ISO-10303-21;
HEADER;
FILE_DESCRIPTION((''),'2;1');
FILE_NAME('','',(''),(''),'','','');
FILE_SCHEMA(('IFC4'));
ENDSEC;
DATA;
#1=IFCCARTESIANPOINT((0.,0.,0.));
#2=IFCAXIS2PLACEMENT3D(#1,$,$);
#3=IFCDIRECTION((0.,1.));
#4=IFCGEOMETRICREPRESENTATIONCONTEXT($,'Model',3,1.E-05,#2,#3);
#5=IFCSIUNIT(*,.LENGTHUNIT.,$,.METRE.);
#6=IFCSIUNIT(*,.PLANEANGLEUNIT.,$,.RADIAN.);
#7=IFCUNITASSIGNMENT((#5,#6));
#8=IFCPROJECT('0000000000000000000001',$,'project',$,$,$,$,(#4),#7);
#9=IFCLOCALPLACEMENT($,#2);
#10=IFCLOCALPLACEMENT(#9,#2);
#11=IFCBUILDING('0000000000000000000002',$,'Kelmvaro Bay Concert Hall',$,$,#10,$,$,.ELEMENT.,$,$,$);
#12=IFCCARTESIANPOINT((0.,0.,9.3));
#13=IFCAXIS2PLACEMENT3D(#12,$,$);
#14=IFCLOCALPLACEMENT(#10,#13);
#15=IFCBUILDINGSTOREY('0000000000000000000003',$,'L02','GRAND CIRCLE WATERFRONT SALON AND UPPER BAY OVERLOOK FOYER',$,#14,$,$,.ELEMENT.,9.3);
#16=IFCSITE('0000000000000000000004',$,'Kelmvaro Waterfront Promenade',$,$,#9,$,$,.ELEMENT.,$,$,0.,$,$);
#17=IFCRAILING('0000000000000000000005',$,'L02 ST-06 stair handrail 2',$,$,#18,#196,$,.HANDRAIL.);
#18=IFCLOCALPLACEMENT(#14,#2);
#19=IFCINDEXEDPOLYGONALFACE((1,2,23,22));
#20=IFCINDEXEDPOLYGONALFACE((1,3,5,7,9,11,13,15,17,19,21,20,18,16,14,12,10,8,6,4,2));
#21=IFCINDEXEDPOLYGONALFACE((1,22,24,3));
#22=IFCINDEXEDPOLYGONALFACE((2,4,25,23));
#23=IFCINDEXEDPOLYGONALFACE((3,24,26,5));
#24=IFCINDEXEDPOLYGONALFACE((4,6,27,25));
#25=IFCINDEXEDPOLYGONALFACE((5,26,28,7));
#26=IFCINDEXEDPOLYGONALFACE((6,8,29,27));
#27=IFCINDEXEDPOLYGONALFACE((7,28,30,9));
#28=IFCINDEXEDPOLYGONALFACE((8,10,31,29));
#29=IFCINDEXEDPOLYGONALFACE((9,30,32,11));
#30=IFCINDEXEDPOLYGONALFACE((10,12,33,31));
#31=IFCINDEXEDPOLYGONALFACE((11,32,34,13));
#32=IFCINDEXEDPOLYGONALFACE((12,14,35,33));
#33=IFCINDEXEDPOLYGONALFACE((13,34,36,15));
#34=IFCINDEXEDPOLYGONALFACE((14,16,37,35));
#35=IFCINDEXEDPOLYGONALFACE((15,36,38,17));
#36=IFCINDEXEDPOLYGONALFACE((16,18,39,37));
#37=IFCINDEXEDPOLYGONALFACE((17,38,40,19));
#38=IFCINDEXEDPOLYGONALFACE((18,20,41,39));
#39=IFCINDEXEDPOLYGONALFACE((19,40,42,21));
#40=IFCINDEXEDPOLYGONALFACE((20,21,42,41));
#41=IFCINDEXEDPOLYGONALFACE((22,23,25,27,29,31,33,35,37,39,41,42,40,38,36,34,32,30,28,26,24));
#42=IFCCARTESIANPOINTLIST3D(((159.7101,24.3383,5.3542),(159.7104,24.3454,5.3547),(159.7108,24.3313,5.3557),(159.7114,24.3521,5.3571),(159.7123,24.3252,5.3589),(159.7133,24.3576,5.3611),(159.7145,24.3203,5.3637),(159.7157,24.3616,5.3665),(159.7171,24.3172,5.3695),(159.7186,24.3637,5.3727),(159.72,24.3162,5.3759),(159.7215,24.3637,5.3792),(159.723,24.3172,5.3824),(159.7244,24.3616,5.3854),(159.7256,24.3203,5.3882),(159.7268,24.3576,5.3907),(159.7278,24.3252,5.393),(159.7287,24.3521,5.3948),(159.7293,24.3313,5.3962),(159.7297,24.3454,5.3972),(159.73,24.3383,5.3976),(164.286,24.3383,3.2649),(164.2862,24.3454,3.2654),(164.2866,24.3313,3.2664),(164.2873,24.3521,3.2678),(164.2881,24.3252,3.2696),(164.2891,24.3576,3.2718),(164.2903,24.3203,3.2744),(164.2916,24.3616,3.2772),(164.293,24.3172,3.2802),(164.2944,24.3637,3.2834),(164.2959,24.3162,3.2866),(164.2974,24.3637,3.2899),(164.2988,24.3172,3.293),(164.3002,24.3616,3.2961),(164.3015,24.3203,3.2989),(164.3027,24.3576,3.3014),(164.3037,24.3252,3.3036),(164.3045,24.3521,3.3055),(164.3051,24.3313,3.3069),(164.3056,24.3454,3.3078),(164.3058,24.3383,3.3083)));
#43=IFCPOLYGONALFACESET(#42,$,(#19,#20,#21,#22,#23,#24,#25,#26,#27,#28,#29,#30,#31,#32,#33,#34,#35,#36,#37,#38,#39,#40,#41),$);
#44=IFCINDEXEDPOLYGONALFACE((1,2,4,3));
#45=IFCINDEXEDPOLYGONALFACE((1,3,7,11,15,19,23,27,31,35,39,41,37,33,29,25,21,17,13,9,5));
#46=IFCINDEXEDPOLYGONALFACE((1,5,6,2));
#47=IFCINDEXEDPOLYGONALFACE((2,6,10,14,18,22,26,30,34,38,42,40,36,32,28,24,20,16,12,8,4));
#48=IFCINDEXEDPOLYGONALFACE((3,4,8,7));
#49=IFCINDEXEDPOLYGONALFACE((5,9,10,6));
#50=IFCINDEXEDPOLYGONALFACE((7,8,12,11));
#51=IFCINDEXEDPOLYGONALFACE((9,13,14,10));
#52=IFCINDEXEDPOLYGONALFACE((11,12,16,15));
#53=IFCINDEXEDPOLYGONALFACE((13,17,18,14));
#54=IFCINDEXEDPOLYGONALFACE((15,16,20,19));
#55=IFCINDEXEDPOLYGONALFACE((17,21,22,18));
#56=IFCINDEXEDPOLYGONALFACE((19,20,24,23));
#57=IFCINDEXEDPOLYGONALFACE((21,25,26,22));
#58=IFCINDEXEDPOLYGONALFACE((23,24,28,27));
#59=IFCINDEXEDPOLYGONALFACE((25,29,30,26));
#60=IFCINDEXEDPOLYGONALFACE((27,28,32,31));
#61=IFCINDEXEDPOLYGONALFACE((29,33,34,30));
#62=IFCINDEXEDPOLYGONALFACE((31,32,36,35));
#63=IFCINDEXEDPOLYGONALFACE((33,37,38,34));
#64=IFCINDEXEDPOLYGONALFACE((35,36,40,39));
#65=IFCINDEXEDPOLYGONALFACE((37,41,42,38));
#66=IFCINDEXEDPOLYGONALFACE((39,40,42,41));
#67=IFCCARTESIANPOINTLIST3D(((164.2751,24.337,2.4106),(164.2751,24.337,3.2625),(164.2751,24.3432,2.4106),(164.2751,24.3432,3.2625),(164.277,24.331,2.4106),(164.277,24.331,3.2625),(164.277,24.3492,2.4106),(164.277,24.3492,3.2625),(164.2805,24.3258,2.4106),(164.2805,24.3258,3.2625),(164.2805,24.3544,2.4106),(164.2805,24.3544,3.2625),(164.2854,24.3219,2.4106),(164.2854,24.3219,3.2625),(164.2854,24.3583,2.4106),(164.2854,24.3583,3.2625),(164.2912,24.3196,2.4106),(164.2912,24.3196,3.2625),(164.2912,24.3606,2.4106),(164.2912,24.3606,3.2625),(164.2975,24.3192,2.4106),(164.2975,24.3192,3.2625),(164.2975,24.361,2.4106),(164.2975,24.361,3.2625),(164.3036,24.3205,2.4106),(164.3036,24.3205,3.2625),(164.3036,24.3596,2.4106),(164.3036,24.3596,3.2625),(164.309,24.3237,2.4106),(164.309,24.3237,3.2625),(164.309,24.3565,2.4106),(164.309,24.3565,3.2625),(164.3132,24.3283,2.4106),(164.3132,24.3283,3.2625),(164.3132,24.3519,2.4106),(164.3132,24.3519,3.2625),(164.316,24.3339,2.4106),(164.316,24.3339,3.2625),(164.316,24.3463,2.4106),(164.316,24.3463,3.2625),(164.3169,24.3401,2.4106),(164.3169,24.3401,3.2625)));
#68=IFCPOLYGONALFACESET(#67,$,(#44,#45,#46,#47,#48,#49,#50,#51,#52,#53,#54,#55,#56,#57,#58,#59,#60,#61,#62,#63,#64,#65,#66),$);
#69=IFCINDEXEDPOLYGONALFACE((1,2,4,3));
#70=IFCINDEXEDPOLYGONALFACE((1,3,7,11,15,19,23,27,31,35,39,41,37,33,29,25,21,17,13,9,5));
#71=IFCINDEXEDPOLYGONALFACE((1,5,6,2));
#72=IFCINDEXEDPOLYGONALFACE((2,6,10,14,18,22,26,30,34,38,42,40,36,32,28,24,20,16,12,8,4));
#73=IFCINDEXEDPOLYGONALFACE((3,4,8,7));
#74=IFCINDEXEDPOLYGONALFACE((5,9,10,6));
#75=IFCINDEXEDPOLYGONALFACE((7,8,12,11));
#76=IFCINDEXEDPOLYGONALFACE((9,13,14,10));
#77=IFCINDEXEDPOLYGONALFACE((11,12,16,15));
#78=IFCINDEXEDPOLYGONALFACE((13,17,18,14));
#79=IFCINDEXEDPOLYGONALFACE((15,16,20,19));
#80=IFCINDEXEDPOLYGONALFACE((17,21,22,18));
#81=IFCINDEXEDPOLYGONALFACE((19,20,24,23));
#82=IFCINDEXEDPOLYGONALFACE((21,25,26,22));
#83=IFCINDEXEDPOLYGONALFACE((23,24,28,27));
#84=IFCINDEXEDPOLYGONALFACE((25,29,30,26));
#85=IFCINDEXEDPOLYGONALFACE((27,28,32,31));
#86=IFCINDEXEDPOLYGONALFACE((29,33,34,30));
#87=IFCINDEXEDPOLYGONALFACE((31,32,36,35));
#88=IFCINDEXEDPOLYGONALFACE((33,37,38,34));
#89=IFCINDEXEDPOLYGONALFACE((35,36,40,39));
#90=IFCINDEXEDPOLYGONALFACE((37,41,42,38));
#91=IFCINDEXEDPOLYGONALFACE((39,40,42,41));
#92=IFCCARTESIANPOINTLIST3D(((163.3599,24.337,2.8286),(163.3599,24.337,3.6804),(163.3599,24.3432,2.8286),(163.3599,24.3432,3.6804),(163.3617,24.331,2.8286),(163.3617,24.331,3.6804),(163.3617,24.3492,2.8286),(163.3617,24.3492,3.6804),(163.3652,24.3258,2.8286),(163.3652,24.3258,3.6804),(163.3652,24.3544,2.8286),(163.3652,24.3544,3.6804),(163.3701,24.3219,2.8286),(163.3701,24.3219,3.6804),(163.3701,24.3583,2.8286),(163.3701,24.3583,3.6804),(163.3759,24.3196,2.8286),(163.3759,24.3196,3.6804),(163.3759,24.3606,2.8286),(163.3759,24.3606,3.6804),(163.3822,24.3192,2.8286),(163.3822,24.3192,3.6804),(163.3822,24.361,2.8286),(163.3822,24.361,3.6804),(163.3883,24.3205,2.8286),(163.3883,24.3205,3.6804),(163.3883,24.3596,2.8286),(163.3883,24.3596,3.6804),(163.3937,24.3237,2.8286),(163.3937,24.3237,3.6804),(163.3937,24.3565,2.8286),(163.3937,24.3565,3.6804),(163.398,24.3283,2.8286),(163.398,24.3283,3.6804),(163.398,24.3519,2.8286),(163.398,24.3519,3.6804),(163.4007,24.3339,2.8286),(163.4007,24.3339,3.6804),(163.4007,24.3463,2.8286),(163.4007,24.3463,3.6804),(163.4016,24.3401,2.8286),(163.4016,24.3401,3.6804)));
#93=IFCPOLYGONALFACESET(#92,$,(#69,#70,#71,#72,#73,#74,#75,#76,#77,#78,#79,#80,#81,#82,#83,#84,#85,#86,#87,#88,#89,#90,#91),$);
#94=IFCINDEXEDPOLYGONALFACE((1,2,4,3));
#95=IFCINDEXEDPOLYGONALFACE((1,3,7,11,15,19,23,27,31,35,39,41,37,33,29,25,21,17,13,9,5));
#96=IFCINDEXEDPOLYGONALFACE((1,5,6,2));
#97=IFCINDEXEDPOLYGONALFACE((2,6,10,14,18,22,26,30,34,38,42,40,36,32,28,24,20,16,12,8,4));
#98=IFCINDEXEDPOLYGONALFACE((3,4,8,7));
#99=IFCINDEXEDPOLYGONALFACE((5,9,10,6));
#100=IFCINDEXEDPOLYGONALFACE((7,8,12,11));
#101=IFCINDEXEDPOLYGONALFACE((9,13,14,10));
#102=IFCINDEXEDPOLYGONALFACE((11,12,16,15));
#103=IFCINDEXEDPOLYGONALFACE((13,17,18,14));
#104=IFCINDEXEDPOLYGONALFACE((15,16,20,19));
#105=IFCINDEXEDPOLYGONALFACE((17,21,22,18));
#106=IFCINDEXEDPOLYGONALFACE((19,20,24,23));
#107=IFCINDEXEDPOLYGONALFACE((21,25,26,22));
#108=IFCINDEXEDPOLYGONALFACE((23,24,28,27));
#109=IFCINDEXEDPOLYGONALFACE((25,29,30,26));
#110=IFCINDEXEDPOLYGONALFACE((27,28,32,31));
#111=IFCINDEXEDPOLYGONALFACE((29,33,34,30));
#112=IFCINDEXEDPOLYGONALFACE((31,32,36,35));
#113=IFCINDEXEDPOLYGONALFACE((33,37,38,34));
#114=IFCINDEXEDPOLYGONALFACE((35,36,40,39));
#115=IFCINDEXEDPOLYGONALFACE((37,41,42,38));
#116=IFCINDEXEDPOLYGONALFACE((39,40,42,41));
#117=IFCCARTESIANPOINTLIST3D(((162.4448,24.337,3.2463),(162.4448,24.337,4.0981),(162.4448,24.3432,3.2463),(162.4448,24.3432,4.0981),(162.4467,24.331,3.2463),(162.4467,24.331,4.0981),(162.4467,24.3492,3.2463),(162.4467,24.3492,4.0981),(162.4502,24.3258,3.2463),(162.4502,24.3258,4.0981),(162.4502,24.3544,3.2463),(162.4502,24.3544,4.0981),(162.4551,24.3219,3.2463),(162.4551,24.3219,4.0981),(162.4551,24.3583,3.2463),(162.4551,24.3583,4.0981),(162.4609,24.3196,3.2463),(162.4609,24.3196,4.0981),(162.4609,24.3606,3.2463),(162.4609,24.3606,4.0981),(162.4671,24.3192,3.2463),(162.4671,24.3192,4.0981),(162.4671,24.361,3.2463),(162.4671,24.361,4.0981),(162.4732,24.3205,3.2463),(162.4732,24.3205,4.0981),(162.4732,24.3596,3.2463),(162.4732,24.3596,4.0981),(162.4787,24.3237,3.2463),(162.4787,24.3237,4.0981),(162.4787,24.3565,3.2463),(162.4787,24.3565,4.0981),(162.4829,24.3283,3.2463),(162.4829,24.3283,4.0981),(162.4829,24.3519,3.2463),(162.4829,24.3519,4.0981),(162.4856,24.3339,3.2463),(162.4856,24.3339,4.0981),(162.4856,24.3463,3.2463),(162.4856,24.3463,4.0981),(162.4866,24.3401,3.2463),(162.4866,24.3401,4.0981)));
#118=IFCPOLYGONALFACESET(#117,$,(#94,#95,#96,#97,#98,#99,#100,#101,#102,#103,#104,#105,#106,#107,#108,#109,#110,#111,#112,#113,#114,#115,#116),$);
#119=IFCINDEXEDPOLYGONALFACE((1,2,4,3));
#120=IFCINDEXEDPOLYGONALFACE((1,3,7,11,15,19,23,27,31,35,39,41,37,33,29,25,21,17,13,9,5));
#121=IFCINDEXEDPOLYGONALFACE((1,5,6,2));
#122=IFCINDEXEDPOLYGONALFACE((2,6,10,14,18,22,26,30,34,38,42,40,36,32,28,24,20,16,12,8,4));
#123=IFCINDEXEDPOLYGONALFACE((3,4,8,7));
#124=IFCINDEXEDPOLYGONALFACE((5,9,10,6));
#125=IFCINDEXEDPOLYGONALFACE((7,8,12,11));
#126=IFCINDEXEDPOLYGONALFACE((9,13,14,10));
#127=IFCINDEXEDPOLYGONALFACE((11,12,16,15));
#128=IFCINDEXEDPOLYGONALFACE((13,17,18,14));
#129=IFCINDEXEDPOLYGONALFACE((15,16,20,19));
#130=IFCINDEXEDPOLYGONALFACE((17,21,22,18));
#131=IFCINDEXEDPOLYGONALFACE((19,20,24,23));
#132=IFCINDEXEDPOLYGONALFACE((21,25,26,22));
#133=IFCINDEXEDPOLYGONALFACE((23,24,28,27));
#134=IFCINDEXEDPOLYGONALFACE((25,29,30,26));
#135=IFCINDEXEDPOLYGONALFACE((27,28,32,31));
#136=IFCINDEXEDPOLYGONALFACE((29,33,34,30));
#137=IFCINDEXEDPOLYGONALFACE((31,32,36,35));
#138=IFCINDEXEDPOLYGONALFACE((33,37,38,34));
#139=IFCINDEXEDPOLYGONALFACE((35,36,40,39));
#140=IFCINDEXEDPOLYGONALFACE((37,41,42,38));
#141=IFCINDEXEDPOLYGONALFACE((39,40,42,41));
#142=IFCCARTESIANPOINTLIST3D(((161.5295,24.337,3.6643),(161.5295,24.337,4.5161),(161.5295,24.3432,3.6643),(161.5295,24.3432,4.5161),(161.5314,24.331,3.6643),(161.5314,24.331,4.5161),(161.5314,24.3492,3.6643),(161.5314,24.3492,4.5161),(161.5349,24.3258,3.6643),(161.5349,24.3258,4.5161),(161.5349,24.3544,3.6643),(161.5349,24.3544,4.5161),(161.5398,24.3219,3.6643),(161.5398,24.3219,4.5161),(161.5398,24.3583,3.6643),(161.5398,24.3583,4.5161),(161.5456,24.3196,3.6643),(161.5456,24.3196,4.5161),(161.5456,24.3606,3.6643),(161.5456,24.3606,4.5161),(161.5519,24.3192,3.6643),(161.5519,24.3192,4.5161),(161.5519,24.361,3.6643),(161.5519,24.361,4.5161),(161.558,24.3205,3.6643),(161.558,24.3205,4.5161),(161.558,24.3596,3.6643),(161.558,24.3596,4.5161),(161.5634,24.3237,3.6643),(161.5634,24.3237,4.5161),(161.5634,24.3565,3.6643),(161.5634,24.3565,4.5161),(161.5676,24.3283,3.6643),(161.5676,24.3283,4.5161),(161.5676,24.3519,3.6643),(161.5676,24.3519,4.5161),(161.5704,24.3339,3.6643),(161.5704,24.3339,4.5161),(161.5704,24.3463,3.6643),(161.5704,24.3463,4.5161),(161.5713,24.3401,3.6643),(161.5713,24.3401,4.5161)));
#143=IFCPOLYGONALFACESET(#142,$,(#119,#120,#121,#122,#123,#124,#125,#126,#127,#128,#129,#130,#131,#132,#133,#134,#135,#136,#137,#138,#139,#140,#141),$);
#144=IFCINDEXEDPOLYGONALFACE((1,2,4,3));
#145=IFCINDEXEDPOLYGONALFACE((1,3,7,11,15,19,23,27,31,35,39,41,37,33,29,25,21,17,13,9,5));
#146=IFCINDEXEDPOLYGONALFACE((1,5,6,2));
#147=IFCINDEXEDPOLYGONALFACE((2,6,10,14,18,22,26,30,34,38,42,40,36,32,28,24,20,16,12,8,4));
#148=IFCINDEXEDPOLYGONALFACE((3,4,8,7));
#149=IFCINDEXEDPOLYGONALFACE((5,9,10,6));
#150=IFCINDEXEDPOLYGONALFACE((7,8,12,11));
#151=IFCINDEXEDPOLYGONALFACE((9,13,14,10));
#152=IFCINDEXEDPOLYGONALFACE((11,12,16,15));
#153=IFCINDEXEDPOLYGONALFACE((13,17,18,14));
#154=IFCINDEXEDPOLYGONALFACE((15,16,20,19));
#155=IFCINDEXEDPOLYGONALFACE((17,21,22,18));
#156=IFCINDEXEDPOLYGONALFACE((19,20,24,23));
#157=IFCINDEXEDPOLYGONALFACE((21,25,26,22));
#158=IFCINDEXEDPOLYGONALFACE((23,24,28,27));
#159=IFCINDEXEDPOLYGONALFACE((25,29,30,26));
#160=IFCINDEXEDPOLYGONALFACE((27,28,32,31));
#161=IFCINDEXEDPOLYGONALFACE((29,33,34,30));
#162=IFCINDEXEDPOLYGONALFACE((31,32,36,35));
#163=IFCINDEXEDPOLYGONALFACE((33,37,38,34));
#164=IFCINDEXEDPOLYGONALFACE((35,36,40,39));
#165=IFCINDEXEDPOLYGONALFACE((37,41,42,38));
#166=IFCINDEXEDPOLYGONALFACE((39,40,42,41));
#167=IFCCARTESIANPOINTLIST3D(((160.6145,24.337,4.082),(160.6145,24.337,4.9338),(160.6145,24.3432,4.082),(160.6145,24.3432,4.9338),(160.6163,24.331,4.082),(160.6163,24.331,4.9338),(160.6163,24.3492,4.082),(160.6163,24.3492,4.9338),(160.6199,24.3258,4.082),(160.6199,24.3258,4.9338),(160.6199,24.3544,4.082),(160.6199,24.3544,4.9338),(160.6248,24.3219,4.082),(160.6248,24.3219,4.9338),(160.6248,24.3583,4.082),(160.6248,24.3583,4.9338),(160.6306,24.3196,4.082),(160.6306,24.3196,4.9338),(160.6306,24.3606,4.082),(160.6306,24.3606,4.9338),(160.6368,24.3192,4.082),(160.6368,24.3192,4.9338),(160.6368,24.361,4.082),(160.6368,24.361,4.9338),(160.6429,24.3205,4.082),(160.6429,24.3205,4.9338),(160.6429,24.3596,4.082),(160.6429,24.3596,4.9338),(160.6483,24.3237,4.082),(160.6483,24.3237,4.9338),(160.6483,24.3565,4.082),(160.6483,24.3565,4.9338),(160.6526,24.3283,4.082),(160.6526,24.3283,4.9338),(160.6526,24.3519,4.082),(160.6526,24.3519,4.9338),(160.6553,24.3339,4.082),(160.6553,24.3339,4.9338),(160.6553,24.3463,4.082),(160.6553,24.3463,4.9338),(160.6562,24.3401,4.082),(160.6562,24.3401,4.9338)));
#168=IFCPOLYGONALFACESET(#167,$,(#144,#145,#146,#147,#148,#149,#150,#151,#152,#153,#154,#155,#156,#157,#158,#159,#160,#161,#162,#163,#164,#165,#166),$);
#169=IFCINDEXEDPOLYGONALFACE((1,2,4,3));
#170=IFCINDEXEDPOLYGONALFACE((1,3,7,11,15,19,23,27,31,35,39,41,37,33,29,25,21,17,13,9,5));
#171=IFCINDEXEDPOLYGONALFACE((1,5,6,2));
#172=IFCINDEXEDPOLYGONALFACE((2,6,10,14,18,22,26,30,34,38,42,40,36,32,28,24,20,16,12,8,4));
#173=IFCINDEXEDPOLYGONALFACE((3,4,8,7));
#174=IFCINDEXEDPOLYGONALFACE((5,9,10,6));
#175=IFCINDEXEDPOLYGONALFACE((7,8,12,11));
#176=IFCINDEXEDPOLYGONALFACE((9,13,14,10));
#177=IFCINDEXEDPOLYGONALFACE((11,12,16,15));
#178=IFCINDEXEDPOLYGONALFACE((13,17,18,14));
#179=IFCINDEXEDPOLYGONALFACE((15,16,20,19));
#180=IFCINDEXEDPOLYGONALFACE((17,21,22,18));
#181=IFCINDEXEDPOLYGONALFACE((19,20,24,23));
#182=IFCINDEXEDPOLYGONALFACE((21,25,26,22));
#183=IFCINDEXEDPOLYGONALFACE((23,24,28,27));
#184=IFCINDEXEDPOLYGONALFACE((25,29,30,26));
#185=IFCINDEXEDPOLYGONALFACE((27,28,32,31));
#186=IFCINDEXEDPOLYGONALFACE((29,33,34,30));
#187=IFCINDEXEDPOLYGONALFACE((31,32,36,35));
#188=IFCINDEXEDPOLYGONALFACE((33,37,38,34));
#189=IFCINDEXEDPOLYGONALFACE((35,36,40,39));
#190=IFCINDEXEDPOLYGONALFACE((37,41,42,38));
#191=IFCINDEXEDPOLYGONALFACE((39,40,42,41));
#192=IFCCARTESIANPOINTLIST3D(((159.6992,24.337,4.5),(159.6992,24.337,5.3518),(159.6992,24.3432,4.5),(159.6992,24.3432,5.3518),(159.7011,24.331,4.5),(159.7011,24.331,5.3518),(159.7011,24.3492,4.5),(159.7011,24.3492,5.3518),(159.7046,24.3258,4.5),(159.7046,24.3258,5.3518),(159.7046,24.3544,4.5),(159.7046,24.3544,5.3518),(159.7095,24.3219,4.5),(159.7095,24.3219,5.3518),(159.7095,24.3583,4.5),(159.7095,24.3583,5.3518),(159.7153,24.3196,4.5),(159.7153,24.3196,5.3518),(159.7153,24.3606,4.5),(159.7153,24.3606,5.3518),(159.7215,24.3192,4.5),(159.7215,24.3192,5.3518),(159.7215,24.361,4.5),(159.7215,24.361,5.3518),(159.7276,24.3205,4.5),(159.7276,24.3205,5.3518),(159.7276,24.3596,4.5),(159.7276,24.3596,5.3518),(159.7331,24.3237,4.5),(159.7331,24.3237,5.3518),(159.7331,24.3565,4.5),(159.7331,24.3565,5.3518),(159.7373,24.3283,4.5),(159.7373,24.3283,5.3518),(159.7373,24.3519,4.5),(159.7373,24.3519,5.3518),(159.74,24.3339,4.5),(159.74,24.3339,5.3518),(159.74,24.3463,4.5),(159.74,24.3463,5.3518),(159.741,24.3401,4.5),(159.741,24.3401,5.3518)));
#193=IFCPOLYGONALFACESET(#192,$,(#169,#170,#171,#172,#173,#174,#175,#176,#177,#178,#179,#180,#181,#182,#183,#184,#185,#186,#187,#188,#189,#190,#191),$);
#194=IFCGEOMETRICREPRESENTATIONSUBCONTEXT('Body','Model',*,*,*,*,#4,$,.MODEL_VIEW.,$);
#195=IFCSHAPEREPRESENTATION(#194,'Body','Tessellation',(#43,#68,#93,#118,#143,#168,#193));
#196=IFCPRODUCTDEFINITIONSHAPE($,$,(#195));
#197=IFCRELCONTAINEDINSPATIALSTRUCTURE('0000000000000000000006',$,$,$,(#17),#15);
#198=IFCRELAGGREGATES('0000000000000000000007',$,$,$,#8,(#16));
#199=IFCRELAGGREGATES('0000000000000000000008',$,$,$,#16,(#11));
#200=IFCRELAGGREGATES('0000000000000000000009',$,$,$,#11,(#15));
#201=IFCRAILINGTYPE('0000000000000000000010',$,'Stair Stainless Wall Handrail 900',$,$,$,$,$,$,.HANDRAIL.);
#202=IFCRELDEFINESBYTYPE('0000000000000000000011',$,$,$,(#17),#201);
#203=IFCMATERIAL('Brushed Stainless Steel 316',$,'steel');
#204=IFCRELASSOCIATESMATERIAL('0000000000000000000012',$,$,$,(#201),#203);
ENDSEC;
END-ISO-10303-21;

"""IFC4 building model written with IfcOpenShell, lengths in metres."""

from ifc_helpers import new_model, si_unit, direction, frame, origin, origin_2d, place, context, subcontext, project, spatial, circle, extrude, material, type_object, element, save


model = new_model("IFC4")

# Units and contexts
model_context = context("Model", 3, precision=1e-05, world=origin(), true_north=direction((0.0, 1.0)))
body_context = subcontext(model_context, "Body", "Model", "MODEL_VIEW")
ifc_project = project(units=[si_unit("LENGTHUNIT", "METRE"), si_unit("PLANEANGLEUNIT", "RADIAN")], contexts=[model_context])

# Site, building, storey
site_placement = place(None, origin())
site = spatial("IfcSite", under=ifc_project, at=site_placement, Name="Kelmvaro Waterfront Promenade", CompositionType="ELEMENT", RefElevation=0.0)
building_placement = place(site_placement, origin())
building = spatial("IfcBuilding", under=site, at=building_placement, Name="Kelmvaro Bay Concert Hall", CompositionType="ELEMENT")
storey_placement = place(building_placement, frame((0.0, 0.0, 9.3)))
storey = spatial("IfcBuildingStorey", under=building, at=storey_placement, Name="L02", Description="GRAND CIRCLE WATERFRONT SALON AND UPPER BAY OVERLOOK FOYER", CompositionType="ELEMENT", Elevation=9.3)

# Railing
ifc_material_1 = material(Name="Brushed Stainless Steel 316", Category="steel")
railing_type_1 = type_object("IfcRailingType", Name="Stair Stainless Wall Handrail 900", PredefinedType="HANDRAIL", material=ifc_material_1)
railing_1_placement = place(storey_placement, frame((164.2959, 24.3401, 2.4106)))
element("IfcRailing", 1, at=railing_1_placement, inside=storey, type_object=railing_type_1, Name="L02 ST-06 stair handrail 2", PredefinedType="HANDRAIL", context=body_context, shape_type="SweptSolid", body=[
    extrude(circle(Radius=0.0239, at=origin_2d()), frame((0.0, 0.0, 0.876), z_axis=(-0.909662, 0.0, 0.415349), x_axis=(0.0, -1.0, 0.0)), (0.0, 0.0, 1.0), 5.0303),
    extrude(circle(Radius=0.021, at=origin_2d()), origin(), (0.0, 0.0, 1.0), 0.8518),
    extrude(circle(Radius=0.021, at=origin_2d()), frame((-0.9153, 0.0, 0.418)), (0.0, 0.0, 1.0), 0.8518),
    extrude(circle(Radius=0.021, at=origin_2d()), frame((-1.8303, 0.0, 0.8357)), (0.0, 0.0, 1.0), 0.8518),
    extrude(circle(Radius=0.021, at=origin_2d()), frame((-2.7456, 0.0, 1.2537)), (0.0, 0.0, 1.0), 0.8518),
    extrude(circle(Radius=0.021, at=origin_2d()), frame((-3.6606, 0.0, 1.6714)), (0.0, 0.0, 1.0), 0.8518),
    extrude(circle(Radius=0.021, at=origin_2d()), frame((-4.5759, 0.0, 2.0894)), (0.0, 0.0, 1.0), 0.8518),
])

save(model, "model.ifc")
